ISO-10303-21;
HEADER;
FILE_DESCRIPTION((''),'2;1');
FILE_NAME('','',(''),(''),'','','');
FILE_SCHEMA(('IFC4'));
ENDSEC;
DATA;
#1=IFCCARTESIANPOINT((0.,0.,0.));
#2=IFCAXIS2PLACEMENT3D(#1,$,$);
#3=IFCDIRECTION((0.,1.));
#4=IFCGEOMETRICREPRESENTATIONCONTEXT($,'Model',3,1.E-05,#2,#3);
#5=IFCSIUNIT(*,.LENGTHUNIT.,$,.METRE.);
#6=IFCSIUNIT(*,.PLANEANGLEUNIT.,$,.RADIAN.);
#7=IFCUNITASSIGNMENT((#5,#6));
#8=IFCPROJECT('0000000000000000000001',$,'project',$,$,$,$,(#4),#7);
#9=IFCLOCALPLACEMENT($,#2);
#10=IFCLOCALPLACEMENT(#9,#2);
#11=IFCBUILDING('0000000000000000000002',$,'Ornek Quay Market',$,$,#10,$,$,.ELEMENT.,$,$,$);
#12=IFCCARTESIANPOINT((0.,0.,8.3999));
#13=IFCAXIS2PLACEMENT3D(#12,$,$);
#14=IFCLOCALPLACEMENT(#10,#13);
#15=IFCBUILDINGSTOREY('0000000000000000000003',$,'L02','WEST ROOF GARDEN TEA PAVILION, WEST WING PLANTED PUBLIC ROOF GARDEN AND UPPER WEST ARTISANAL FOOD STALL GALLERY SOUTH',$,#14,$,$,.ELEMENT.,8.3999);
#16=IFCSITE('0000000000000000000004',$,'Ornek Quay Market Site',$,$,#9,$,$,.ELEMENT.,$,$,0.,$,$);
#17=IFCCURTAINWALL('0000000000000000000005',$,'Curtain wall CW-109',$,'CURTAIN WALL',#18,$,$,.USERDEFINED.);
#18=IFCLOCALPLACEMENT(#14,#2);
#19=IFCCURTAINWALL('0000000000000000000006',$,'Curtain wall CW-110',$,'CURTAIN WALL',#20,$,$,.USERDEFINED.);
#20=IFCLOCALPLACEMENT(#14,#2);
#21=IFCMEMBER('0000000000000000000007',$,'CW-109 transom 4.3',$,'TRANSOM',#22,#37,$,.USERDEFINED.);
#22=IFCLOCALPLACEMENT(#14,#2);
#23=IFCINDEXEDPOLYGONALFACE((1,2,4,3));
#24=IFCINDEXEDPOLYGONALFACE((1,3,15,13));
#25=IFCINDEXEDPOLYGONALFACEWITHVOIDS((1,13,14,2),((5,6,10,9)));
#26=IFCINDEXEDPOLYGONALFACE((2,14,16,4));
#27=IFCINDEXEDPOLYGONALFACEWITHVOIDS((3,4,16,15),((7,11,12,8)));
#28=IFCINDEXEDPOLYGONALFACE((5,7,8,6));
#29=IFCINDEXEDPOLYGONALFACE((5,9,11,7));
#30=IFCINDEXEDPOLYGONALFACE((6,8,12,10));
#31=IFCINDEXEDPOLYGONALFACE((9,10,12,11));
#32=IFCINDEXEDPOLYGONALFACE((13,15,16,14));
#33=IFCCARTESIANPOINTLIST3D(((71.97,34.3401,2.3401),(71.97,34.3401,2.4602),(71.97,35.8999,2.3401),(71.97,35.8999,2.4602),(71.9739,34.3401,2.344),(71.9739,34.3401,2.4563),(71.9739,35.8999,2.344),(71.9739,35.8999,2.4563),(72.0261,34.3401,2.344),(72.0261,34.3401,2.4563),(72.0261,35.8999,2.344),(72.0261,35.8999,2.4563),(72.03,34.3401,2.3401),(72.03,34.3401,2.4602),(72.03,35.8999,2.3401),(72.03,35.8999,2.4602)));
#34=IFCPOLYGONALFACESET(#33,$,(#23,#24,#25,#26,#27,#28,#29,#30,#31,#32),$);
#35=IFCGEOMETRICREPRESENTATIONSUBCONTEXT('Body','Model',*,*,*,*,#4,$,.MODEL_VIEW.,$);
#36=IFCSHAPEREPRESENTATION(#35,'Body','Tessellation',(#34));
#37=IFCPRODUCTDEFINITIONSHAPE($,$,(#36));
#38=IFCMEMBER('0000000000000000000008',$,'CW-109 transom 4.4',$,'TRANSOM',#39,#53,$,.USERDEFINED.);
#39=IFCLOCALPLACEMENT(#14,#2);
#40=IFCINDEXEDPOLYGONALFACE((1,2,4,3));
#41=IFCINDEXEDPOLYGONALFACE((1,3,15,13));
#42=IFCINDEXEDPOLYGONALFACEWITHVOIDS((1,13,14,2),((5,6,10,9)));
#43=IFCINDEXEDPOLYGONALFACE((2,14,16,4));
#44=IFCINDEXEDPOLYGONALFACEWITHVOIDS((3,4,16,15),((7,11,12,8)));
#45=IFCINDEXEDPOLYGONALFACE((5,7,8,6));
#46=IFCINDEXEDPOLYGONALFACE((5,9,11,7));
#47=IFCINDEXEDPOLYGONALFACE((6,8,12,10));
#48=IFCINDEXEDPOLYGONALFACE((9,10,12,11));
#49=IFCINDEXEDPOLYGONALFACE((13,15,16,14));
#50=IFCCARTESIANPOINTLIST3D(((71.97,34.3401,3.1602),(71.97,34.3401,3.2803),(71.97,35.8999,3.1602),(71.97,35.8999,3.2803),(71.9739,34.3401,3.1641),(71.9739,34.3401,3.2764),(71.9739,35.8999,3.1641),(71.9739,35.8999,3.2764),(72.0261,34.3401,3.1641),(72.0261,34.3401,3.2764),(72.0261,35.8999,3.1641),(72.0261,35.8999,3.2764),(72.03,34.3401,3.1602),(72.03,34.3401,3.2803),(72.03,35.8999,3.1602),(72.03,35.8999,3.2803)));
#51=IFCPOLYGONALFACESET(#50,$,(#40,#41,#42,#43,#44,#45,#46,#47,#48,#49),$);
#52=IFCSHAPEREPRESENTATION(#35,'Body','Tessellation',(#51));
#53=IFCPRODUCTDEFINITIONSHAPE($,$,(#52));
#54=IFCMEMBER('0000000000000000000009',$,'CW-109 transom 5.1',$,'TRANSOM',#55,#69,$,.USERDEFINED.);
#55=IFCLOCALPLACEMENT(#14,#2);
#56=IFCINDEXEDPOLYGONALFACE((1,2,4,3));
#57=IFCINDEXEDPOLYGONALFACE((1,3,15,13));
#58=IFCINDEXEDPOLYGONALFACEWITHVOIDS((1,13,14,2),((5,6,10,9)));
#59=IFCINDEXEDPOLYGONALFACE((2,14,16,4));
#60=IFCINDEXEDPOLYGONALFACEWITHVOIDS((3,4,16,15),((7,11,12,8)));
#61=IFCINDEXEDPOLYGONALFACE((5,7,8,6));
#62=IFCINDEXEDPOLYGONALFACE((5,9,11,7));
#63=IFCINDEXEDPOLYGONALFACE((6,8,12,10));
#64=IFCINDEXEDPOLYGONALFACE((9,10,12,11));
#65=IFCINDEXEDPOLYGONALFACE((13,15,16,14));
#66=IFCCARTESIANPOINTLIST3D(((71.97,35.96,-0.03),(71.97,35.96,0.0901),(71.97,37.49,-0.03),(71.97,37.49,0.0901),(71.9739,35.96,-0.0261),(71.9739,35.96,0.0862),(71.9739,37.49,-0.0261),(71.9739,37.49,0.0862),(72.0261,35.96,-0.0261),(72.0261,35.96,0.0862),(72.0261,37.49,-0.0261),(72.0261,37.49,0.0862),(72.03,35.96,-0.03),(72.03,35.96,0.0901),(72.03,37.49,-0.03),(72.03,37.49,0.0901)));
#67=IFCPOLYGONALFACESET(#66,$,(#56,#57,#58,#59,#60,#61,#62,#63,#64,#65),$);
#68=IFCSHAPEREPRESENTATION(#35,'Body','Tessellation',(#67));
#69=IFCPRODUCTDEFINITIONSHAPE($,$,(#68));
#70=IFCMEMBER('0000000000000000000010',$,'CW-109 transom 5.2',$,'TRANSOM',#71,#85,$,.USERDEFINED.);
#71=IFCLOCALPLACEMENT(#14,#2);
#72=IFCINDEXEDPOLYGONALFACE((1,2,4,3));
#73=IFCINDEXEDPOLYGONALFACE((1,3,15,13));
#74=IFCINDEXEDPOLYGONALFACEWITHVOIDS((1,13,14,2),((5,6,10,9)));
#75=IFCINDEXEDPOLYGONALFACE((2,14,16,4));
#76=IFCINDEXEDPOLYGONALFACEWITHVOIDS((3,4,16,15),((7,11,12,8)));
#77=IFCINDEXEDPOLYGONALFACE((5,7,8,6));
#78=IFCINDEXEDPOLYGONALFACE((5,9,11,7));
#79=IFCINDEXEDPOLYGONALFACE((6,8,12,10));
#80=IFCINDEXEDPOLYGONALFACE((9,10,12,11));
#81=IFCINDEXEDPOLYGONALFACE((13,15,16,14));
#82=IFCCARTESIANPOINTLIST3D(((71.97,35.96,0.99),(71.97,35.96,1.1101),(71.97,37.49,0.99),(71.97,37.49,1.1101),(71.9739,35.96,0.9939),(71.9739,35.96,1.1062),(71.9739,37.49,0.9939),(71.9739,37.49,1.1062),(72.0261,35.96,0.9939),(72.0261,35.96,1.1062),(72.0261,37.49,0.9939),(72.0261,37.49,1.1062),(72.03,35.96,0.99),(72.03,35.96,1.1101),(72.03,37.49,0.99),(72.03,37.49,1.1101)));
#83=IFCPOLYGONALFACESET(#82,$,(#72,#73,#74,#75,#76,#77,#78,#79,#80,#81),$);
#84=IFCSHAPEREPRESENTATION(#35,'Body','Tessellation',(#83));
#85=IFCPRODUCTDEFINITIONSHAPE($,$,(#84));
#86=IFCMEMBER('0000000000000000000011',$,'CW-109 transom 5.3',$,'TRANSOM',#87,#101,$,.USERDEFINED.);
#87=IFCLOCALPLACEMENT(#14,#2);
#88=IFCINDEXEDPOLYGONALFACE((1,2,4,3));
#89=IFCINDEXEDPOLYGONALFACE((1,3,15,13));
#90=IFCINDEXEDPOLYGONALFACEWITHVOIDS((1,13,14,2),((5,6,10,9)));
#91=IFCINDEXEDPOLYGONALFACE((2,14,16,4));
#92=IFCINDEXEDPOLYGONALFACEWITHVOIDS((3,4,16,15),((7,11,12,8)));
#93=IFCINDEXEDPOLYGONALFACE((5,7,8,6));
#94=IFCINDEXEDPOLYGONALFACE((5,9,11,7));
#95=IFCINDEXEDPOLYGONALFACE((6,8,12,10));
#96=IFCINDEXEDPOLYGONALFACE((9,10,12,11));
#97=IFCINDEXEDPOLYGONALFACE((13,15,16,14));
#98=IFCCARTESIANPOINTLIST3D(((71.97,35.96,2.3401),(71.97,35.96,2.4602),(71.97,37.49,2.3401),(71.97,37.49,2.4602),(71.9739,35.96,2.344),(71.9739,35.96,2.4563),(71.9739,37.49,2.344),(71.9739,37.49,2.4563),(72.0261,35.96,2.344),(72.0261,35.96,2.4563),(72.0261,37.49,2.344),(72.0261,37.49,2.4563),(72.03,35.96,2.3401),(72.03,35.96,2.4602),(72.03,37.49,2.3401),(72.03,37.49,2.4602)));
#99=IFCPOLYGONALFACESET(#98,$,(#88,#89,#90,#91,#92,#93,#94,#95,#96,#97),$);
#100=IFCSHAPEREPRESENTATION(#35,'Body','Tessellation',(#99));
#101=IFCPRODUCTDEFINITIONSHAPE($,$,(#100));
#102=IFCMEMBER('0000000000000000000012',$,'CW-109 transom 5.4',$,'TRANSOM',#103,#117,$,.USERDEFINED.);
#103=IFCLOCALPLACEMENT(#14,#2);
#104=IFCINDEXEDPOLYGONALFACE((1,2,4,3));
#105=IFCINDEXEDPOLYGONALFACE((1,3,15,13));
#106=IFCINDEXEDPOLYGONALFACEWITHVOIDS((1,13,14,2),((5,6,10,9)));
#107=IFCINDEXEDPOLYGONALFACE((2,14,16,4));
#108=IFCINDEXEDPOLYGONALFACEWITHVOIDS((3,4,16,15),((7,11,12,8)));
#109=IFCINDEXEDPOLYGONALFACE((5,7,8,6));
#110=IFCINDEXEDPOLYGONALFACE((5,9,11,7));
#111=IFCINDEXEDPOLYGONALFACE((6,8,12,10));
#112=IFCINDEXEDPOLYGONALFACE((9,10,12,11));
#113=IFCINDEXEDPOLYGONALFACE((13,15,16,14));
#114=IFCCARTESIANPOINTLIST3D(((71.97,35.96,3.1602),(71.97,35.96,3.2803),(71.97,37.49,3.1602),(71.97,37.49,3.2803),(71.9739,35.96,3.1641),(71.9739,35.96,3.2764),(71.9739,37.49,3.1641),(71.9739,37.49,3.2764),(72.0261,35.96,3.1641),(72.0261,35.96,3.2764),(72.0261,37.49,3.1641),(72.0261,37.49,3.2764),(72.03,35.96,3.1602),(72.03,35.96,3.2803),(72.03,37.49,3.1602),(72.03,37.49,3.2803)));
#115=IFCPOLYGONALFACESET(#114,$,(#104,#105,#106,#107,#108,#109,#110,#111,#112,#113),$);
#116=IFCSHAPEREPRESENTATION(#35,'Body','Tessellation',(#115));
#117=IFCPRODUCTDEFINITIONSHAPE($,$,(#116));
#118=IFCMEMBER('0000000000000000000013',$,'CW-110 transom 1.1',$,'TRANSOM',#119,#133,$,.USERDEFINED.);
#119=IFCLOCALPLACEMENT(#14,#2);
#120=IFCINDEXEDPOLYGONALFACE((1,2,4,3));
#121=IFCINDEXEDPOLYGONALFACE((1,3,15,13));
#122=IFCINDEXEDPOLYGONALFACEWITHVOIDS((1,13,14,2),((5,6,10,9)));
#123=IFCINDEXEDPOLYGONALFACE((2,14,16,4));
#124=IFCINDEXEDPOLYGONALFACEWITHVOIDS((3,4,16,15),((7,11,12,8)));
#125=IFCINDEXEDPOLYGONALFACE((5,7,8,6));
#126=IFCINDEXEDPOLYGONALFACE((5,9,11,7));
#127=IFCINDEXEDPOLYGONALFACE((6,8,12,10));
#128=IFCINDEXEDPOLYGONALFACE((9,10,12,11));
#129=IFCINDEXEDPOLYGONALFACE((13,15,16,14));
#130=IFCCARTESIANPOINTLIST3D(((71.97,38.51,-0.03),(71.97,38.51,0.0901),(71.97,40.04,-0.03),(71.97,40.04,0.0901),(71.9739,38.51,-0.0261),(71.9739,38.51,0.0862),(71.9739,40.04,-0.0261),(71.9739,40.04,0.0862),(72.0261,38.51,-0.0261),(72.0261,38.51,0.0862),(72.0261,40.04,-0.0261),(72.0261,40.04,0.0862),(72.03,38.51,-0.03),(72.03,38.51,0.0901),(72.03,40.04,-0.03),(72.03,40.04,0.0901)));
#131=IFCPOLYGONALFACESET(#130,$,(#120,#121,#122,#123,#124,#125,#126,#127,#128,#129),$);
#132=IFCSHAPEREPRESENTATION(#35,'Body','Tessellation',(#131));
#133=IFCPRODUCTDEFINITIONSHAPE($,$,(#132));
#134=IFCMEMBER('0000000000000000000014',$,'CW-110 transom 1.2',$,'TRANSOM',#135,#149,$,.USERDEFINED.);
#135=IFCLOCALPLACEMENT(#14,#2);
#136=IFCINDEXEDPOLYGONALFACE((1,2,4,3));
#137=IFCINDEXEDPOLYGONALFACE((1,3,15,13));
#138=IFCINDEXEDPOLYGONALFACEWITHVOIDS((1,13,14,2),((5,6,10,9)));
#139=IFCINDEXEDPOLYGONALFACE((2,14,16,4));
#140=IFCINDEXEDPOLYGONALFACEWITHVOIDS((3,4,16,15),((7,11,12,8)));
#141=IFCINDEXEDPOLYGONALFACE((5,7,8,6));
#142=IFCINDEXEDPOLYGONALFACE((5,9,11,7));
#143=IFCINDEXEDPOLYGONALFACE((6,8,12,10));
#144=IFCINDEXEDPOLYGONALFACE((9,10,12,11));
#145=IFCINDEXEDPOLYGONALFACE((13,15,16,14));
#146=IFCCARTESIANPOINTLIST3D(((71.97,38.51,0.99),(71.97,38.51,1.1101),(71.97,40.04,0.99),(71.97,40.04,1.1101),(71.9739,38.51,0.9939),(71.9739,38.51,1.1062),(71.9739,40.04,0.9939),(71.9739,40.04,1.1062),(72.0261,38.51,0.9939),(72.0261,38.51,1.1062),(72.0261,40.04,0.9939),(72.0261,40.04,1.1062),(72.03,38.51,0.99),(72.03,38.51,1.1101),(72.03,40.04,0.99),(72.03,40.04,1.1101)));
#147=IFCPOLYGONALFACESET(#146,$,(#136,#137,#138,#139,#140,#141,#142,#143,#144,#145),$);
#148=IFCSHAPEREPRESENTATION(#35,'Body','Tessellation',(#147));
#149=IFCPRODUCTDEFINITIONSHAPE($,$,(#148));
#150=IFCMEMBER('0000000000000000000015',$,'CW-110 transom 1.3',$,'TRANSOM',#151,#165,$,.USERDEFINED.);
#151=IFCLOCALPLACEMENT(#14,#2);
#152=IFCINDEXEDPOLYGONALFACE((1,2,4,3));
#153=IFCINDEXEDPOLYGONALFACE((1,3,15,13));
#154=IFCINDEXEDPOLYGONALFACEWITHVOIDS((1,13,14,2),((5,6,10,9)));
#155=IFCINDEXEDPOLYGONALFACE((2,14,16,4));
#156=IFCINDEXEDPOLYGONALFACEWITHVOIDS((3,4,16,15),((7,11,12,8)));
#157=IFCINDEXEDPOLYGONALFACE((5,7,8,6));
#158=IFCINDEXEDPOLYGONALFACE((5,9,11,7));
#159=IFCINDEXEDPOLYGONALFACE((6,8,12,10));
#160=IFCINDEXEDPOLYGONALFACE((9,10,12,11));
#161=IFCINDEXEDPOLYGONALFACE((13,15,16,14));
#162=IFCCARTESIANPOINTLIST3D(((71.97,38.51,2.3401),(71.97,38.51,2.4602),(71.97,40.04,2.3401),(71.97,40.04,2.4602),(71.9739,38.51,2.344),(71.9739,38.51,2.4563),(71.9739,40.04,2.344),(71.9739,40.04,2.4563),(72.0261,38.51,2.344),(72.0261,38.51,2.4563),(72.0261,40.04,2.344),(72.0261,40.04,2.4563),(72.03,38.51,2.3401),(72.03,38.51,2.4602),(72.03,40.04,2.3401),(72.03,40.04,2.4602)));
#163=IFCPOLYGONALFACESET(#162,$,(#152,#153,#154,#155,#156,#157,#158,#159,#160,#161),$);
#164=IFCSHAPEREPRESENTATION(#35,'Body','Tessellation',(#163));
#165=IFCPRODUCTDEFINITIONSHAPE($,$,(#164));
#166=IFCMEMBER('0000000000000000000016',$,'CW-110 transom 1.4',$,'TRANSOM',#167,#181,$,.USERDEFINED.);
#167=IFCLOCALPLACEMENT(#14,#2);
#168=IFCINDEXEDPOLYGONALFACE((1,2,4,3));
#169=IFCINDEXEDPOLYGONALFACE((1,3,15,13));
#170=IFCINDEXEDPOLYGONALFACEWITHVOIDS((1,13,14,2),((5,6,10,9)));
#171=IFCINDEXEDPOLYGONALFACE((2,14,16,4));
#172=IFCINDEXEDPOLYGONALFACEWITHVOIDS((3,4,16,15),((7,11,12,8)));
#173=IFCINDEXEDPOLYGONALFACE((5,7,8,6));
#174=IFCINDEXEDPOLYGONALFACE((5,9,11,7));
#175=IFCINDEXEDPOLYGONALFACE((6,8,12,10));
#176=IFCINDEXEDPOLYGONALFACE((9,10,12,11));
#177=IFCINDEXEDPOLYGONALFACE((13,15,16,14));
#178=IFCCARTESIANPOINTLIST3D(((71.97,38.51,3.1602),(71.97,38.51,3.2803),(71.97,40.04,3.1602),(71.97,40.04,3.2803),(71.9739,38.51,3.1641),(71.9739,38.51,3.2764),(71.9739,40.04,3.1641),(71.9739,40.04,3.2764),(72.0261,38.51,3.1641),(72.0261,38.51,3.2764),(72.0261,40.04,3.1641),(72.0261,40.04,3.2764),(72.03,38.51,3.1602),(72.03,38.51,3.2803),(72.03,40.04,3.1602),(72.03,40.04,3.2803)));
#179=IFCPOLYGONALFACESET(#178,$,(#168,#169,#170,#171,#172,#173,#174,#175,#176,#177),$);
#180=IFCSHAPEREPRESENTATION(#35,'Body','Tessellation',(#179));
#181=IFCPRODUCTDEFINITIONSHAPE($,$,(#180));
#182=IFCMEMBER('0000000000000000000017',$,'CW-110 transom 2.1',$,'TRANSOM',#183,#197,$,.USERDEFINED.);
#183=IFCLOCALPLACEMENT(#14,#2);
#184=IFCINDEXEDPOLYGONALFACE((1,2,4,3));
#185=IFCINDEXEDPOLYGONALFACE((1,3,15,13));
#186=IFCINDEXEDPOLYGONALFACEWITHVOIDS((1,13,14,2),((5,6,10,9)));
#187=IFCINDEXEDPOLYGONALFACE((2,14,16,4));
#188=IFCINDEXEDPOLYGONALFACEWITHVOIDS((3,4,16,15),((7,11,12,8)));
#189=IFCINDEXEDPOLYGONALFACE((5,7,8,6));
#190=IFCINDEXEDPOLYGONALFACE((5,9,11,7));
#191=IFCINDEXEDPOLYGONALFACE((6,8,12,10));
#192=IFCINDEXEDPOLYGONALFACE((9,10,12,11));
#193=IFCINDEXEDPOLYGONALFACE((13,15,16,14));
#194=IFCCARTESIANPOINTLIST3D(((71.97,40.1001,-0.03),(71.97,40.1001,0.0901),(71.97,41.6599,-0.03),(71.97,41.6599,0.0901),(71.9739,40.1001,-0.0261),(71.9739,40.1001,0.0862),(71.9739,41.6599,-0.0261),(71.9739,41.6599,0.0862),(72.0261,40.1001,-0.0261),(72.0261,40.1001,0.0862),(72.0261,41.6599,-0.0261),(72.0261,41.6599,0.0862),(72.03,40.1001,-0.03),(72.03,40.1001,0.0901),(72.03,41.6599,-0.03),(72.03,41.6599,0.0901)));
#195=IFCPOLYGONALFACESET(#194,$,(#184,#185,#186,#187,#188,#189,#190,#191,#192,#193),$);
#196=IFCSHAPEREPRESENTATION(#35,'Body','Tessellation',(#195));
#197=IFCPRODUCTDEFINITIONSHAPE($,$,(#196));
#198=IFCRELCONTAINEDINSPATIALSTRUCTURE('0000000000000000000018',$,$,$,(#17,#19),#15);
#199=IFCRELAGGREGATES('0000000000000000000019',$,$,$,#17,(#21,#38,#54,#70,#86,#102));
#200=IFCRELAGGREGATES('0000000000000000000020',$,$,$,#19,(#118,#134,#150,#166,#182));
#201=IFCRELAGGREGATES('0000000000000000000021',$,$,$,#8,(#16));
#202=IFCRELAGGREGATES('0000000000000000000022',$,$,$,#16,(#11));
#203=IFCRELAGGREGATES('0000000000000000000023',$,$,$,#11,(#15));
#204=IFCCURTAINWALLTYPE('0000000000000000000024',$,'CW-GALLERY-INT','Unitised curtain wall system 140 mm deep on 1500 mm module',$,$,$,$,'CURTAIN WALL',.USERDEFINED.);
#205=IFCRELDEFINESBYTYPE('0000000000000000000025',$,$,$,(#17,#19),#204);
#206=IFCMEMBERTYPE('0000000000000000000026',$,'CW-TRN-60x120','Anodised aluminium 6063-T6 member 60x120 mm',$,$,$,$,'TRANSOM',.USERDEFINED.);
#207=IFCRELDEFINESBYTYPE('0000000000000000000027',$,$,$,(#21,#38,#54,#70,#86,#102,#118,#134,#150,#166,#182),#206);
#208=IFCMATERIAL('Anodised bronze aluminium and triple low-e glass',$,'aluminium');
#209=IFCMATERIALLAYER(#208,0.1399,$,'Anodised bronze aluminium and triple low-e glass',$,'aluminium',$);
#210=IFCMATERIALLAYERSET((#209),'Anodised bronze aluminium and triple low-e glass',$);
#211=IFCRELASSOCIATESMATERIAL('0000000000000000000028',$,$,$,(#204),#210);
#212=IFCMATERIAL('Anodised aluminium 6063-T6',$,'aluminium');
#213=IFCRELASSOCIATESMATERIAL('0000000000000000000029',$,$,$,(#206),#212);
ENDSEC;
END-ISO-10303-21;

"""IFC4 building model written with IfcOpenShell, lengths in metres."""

from ifc_helpers import new_model, si_unit, direction, frame, origin, origin_2d, place, context, subcontext, project, spatial, hollow_rectangle, extrude, material, layer, layer_set, material_profile, profile_set, type_object, element, aggregate, save


model = new_model("IFC4")

# Units and contexts
model_context = context("Model", 3, precision=1e-05, world=origin(), true_north=direction((0.0, 1.0)))
body_context = subcontext(model_context, "Body", "Model", "MODEL_VIEW")
ifc_project = project(units=[si_unit("LENGTHUNIT", "METRE"), si_unit("PLANEANGLEUNIT", "RADIAN")], contexts=[model_context])

# Site, building, storey
site_placement = place(None, origin())
site = spatial("IfcSite", under=ifc_project, at=site_placement, Name="Ornek Quay Market Site", CompositionType="ELEMENT", RefElevation=0.0)
building_placement = place(site_placement, origin())
building = spatial("IfcBuilding", under=site, at=building_placement, Name="Ornek Quay Market", CompositionType="ELEMENT")
storey_placement = place(building_placement, frame((0.0, 0.0, 8.3999)))
storey = spatial("IfcBuildingStorey", under=building, at=storey_placement, Name="L02", Description="WEST ROOF GARDEN TEA PAVILION, WEST WING PLANTED PUBLIC ROOF GARDEN AND UPPER WEST ARTISANAL FOOD STALL GALLERY SOUTH", CompositionType="ELEMENT", Elevation=8.3999)

# Curtain walls
ifc_material_1 = material(Name="Anodised bronze aluminium and triple low-e glass", Category="aluminium")
ifc_layer_1 = layer(ifc_material_1, 0.1399, Name="Anodised bronze aluminium and triple low-e glass", Category="aluminium")
ifc_layer_set_1 = layer_set([ifc_layer_1], Name="Anodised bronze aluminium and triple low-e glass")
curtain_wall_type = type_object("IfcCurtainWallType", Name="CW-GALLERY-INT", Description="Unitised curtain wall system 140 mm deep on 1500 mm module", ElementType="CURTAIN WALL", PredefinedType="USERDEFINED", material=ifc_layer_set_1)
curtain_wall_1_placement = place(storey_placement, origin())
curtain_wall_1 = element("IfcCurtainWall", 1, at=curtain_wall_1_placement, inside=storey, type_object=curtain_wall_type, Name="Curtain wall CW-109", ObjectType="CURTAIN WALL", PredefinedType="USERDEFINED")
ifc_material_2 = material(Name="Anodised aluminium 6063-T6", Category="aluminium")
curtain_wall_2_placement = place(storey_placement, origin())
curtain_wall_2 = element("IfcCurtainWall", 2, at=curtain_wall_2_placement, inside=storey, type_object=curtain_wall_type, Name="Curtain wall CW-110", ObjectType="CURTAIN WALL", PredefinedType="USERDEFINED")

# Members
ifc_material_profile_1 = material_profile(ifc_material_2, hollow_rectangle(XDim=0.0601, YDim=0.1201, WallThickness=0.0039, at=origin_2d()), Name="CW-TRN-60x120", Category="aluminium")
ifc_profile_set_1 = profile_set([ifc_material_profile_1], Name="Anodised aluminium 6063-T6")
member_type_1 = type_object("IfcMemberType", Name="CW-TRN-60x120", Description="Anodised aluminium 6063-T6 member 60x120 mm", ElementType="TRANSOM", PredefinedType="USERDEFINED", material=ifc_profile_set_1)
member_1_placement = place(storey_placement, frame((72.0, 34.3401, 2.4001), z_axis=(0.0, 1.0, 0.0), x_axis=(-1.0, 0.0, 0.0)))
member_1 = element("IfcMember", 3, at=member_1_placement, type_object=member_type_1, Name="CW-109 transom 4.3", ObjectType="TRANSOM", PredefinedType="USERDEFINED", context=body_context, shape_type="SweptSolid", body=[
    extrude(hollow_rectangle(XDim=0.0601, YDim=0.1201, WallThickness=0.0039, at=origin_2d()), origin(), (0.0, 0.0, 1.0), 1.5598),
])
member_2_placement = place(storey_placement, frame((72.0, 34.3401, 3.2202), z_axis=(0.0, 1.0, 0.0), x_axis=(-1.0, 0.0, 0.0)))
member_2 = element("IfcMember", 4, at=member_2_placement, type_object=member_type_1, Name="CW-109 transom 4.4", ObjectType="TRANSOM", PredefinedType="USERDEFINED", context=body_context, shape_type="SweptSolid", body=[
    extrude(hollow_rectangle(XDim=0.0601, YDim=0.1201, WallThickness=0.0039, at=origin_2d()), origin(), (0.0, 0.0, 1.0), 1.5598),
])
member_3_placement = place(storey_placement, frame((72.0, 35.96, 0.03), z_axis=(0.0, 1.0, 0.0), x_axis=(-1.0, 0.0, 0.0)))
member_3 = element("IfcMember", 5, at=member_3_placement, type_object=member_type_1, Name="CW-109 transom 5.1", ObjectType="TRANSOM", PredefinedType="USERDEFINED", context=body_context, shape_type="SweptSolid", body=[
    extrude(hollow_rectangle(XDim=0.0601, YDim=0.1201, WallThickness=0.0039, at=origin_2d()), origin(), (0.0, 0.0, 1.0), 1.53),
])
member_4_placement = place(storey_placement, frame((72.0, 35.96, 1.05), z_axis=(0.0, 1.0, 0.0), x_axis=(-1.0, 0.0, 0.0)))
member_4 = element("IfcMember", 6, at=member_4_placement, type_object=member_type_1, Name="CW-109 transom 5.2", ObjectType="TRANSOM", PredefinedType="USERDEFINED", context=body_context, shape_type="SweptSolid", body=[
    extrude(hollow_rectangle(XDim=0.0601, YDim=0.1201, WallThickness=0.0039, at=origin_2d()), origin(), (0.0, 0.0, 1.0), 1.53),
])
member_5_placement = place(storey_placement, frame((72.0, 35.96, 2.4001), z_axis=(0.0, 1.0, 0.0), x_axis=(-1.0, 0.0, 0.0)))
member_5 = element("IfcMember", 7, at=member_5_placement, type_object=member_type_1, Name="CW-109 transom 5.3", ObjectType="TRANSOM", PredefinedType="USERDEFINED", context=body_context, shape_type="SweptSolid", body=[
    extrude(hollow_rectangle(XDim=0.0601, YDim=0.1201, WallThickness=0.0039, at=origin_2d()), origin(), (0.0, 0.0, 1.0), 1.53),
])
member_6_placement = place(storey_placement, frame((72.0, 35.96, 3.2202), z_axis=(0.0, 1.0, 0.0), x_axis=(-1.0, 0.0, 0.0)))
member_6 = element("IfcMember", 8, at=member_6_placement, type_object=member_type_1, Name="CW-109 transom 5.4", ObjectType="TRANSOM", PredefinedType="USERDEFINED", context=body_context, shape_type="SweptSolid", body=[
    extrude(hollow_rectangle(XDim=0.0601, YDim=0.1201, WallThickness=0.0039, at=origin_2d()), origin(), (0.0, 0.0, 1.0), 1.53),
])
member_7_placement = place(storey_placement, frame((72.0, 38.51, 0.03), z_axis=(0.0, 1.0, 0.0), x_axis=(-1.0, 0.0, 0.0)))
member_7 = element("IfcMember", 9, at=member_7_placement, type_object=member_type_1, Name="CW-110 transom 1.1", ObjectType="TRANSOM", PredefinedType="USERDEFINED", context=body_context, shape_type="SweptSolid", body=[
    extrude(hollow_rectangle(XDim=0.0601, YDim=0.1201, WallThickness=0.0039, at=origin_2d()), origin(), (0.0, 0.0, 1.0), 1.53),
])
member_8_placement = place(storey_placement, frame((72.0, 38.51, 1.05), z_axis=(0.0, 1.0, 0.0), x_axis=(-1.0, 0.0, 0.0)))
member_8 = element("IfcMember", 10, at=member_8_placement, type_object=member_type_1, Name="CW-110 transom 1.2", ObjectType="TRANSOM", PredefinedType="USERDEFINED", context=body_context, shape_type="SweptSolid", body=[
    extrude(hollow_rectangle(XDim=0.0601, YDim=0.1201, WallThickness=0.0039, at=origin_2d()), origin(), (0.0, 0.0, 1.0), 1.53),
])
member_9_placement = place(storey_placement, frame((72.0, 38.51, 2.4001), z_axis=(0.0, 1.0, 0.0), x_axis=(-1.0, 0.0, 0.0)))
member_9 = element("IfcMember", 11, at=member_9_placement, type_object=member_type_1, Name="CW-110 transom 1.3", ObjectType="TRANSOM", PredefinedType="USERDEFINED", context=body_context, shape_type="SweptSolid", body=[
    extrude(hollow_rectangle(XDim=0.0601, YDim=0.1201, WallThickness=0.0039, at=origin_2d()), origin(), (0.0, 0.0, 1.0), 1.53),
])
member_10_placement = place(storey_placement, frame((72.0, 38.51, 3.2202), z_axis=(0.0, 1.0, 0.0), x_axis=(-1.0, 0.0, 0.0)))
member_10 = element("IfcMember", 12, at=member_10_placement, type_object=member_type_1, Name="CW-110 transom 1.4", ObjectType="TRANSOM", PredefinedType="USERDEFINED", context=body_context, shape_type="SweptSolid", body=[
    extrude(hollow_rectangle(XDim=0.0601, YDim=0.1201, WallThickness=0.0039, at=origin_2d()), origin(), (0.0, 0.0, 1.0), 1.53),
])
member_11_placement = place(storey_placement, frame((72.0, 40.1001, 0.03), z_axis=(0.0, 1.0, 0.0), x_axis=(-1.0, 0.0, 0.0)))
member_11 = element("IfcMember", 13, at=member_11_placement, type_object=member_type_1, Name="CW-110 transom 2.1", ObjectType="TRANSOM", PredefinedType="USERDEFINED", context=body_context, shape_type="SweptSolid", body=[
    extrude(hollow_rectangle(XDim=0.0601, YDim=0.1201, WallThickness=0.0039, at=origin_2d()), origin(), (0.0, 0.0, 1.0), 1.5598),
])

aggregate(curtain_wall_1, [member_1, member_2, member_3, member_4, member_5, member_6])
aggregate(curtain_wall_2, [member_7, member_8, member_9, member_10, member_11])

save(model, "model.ifc")
